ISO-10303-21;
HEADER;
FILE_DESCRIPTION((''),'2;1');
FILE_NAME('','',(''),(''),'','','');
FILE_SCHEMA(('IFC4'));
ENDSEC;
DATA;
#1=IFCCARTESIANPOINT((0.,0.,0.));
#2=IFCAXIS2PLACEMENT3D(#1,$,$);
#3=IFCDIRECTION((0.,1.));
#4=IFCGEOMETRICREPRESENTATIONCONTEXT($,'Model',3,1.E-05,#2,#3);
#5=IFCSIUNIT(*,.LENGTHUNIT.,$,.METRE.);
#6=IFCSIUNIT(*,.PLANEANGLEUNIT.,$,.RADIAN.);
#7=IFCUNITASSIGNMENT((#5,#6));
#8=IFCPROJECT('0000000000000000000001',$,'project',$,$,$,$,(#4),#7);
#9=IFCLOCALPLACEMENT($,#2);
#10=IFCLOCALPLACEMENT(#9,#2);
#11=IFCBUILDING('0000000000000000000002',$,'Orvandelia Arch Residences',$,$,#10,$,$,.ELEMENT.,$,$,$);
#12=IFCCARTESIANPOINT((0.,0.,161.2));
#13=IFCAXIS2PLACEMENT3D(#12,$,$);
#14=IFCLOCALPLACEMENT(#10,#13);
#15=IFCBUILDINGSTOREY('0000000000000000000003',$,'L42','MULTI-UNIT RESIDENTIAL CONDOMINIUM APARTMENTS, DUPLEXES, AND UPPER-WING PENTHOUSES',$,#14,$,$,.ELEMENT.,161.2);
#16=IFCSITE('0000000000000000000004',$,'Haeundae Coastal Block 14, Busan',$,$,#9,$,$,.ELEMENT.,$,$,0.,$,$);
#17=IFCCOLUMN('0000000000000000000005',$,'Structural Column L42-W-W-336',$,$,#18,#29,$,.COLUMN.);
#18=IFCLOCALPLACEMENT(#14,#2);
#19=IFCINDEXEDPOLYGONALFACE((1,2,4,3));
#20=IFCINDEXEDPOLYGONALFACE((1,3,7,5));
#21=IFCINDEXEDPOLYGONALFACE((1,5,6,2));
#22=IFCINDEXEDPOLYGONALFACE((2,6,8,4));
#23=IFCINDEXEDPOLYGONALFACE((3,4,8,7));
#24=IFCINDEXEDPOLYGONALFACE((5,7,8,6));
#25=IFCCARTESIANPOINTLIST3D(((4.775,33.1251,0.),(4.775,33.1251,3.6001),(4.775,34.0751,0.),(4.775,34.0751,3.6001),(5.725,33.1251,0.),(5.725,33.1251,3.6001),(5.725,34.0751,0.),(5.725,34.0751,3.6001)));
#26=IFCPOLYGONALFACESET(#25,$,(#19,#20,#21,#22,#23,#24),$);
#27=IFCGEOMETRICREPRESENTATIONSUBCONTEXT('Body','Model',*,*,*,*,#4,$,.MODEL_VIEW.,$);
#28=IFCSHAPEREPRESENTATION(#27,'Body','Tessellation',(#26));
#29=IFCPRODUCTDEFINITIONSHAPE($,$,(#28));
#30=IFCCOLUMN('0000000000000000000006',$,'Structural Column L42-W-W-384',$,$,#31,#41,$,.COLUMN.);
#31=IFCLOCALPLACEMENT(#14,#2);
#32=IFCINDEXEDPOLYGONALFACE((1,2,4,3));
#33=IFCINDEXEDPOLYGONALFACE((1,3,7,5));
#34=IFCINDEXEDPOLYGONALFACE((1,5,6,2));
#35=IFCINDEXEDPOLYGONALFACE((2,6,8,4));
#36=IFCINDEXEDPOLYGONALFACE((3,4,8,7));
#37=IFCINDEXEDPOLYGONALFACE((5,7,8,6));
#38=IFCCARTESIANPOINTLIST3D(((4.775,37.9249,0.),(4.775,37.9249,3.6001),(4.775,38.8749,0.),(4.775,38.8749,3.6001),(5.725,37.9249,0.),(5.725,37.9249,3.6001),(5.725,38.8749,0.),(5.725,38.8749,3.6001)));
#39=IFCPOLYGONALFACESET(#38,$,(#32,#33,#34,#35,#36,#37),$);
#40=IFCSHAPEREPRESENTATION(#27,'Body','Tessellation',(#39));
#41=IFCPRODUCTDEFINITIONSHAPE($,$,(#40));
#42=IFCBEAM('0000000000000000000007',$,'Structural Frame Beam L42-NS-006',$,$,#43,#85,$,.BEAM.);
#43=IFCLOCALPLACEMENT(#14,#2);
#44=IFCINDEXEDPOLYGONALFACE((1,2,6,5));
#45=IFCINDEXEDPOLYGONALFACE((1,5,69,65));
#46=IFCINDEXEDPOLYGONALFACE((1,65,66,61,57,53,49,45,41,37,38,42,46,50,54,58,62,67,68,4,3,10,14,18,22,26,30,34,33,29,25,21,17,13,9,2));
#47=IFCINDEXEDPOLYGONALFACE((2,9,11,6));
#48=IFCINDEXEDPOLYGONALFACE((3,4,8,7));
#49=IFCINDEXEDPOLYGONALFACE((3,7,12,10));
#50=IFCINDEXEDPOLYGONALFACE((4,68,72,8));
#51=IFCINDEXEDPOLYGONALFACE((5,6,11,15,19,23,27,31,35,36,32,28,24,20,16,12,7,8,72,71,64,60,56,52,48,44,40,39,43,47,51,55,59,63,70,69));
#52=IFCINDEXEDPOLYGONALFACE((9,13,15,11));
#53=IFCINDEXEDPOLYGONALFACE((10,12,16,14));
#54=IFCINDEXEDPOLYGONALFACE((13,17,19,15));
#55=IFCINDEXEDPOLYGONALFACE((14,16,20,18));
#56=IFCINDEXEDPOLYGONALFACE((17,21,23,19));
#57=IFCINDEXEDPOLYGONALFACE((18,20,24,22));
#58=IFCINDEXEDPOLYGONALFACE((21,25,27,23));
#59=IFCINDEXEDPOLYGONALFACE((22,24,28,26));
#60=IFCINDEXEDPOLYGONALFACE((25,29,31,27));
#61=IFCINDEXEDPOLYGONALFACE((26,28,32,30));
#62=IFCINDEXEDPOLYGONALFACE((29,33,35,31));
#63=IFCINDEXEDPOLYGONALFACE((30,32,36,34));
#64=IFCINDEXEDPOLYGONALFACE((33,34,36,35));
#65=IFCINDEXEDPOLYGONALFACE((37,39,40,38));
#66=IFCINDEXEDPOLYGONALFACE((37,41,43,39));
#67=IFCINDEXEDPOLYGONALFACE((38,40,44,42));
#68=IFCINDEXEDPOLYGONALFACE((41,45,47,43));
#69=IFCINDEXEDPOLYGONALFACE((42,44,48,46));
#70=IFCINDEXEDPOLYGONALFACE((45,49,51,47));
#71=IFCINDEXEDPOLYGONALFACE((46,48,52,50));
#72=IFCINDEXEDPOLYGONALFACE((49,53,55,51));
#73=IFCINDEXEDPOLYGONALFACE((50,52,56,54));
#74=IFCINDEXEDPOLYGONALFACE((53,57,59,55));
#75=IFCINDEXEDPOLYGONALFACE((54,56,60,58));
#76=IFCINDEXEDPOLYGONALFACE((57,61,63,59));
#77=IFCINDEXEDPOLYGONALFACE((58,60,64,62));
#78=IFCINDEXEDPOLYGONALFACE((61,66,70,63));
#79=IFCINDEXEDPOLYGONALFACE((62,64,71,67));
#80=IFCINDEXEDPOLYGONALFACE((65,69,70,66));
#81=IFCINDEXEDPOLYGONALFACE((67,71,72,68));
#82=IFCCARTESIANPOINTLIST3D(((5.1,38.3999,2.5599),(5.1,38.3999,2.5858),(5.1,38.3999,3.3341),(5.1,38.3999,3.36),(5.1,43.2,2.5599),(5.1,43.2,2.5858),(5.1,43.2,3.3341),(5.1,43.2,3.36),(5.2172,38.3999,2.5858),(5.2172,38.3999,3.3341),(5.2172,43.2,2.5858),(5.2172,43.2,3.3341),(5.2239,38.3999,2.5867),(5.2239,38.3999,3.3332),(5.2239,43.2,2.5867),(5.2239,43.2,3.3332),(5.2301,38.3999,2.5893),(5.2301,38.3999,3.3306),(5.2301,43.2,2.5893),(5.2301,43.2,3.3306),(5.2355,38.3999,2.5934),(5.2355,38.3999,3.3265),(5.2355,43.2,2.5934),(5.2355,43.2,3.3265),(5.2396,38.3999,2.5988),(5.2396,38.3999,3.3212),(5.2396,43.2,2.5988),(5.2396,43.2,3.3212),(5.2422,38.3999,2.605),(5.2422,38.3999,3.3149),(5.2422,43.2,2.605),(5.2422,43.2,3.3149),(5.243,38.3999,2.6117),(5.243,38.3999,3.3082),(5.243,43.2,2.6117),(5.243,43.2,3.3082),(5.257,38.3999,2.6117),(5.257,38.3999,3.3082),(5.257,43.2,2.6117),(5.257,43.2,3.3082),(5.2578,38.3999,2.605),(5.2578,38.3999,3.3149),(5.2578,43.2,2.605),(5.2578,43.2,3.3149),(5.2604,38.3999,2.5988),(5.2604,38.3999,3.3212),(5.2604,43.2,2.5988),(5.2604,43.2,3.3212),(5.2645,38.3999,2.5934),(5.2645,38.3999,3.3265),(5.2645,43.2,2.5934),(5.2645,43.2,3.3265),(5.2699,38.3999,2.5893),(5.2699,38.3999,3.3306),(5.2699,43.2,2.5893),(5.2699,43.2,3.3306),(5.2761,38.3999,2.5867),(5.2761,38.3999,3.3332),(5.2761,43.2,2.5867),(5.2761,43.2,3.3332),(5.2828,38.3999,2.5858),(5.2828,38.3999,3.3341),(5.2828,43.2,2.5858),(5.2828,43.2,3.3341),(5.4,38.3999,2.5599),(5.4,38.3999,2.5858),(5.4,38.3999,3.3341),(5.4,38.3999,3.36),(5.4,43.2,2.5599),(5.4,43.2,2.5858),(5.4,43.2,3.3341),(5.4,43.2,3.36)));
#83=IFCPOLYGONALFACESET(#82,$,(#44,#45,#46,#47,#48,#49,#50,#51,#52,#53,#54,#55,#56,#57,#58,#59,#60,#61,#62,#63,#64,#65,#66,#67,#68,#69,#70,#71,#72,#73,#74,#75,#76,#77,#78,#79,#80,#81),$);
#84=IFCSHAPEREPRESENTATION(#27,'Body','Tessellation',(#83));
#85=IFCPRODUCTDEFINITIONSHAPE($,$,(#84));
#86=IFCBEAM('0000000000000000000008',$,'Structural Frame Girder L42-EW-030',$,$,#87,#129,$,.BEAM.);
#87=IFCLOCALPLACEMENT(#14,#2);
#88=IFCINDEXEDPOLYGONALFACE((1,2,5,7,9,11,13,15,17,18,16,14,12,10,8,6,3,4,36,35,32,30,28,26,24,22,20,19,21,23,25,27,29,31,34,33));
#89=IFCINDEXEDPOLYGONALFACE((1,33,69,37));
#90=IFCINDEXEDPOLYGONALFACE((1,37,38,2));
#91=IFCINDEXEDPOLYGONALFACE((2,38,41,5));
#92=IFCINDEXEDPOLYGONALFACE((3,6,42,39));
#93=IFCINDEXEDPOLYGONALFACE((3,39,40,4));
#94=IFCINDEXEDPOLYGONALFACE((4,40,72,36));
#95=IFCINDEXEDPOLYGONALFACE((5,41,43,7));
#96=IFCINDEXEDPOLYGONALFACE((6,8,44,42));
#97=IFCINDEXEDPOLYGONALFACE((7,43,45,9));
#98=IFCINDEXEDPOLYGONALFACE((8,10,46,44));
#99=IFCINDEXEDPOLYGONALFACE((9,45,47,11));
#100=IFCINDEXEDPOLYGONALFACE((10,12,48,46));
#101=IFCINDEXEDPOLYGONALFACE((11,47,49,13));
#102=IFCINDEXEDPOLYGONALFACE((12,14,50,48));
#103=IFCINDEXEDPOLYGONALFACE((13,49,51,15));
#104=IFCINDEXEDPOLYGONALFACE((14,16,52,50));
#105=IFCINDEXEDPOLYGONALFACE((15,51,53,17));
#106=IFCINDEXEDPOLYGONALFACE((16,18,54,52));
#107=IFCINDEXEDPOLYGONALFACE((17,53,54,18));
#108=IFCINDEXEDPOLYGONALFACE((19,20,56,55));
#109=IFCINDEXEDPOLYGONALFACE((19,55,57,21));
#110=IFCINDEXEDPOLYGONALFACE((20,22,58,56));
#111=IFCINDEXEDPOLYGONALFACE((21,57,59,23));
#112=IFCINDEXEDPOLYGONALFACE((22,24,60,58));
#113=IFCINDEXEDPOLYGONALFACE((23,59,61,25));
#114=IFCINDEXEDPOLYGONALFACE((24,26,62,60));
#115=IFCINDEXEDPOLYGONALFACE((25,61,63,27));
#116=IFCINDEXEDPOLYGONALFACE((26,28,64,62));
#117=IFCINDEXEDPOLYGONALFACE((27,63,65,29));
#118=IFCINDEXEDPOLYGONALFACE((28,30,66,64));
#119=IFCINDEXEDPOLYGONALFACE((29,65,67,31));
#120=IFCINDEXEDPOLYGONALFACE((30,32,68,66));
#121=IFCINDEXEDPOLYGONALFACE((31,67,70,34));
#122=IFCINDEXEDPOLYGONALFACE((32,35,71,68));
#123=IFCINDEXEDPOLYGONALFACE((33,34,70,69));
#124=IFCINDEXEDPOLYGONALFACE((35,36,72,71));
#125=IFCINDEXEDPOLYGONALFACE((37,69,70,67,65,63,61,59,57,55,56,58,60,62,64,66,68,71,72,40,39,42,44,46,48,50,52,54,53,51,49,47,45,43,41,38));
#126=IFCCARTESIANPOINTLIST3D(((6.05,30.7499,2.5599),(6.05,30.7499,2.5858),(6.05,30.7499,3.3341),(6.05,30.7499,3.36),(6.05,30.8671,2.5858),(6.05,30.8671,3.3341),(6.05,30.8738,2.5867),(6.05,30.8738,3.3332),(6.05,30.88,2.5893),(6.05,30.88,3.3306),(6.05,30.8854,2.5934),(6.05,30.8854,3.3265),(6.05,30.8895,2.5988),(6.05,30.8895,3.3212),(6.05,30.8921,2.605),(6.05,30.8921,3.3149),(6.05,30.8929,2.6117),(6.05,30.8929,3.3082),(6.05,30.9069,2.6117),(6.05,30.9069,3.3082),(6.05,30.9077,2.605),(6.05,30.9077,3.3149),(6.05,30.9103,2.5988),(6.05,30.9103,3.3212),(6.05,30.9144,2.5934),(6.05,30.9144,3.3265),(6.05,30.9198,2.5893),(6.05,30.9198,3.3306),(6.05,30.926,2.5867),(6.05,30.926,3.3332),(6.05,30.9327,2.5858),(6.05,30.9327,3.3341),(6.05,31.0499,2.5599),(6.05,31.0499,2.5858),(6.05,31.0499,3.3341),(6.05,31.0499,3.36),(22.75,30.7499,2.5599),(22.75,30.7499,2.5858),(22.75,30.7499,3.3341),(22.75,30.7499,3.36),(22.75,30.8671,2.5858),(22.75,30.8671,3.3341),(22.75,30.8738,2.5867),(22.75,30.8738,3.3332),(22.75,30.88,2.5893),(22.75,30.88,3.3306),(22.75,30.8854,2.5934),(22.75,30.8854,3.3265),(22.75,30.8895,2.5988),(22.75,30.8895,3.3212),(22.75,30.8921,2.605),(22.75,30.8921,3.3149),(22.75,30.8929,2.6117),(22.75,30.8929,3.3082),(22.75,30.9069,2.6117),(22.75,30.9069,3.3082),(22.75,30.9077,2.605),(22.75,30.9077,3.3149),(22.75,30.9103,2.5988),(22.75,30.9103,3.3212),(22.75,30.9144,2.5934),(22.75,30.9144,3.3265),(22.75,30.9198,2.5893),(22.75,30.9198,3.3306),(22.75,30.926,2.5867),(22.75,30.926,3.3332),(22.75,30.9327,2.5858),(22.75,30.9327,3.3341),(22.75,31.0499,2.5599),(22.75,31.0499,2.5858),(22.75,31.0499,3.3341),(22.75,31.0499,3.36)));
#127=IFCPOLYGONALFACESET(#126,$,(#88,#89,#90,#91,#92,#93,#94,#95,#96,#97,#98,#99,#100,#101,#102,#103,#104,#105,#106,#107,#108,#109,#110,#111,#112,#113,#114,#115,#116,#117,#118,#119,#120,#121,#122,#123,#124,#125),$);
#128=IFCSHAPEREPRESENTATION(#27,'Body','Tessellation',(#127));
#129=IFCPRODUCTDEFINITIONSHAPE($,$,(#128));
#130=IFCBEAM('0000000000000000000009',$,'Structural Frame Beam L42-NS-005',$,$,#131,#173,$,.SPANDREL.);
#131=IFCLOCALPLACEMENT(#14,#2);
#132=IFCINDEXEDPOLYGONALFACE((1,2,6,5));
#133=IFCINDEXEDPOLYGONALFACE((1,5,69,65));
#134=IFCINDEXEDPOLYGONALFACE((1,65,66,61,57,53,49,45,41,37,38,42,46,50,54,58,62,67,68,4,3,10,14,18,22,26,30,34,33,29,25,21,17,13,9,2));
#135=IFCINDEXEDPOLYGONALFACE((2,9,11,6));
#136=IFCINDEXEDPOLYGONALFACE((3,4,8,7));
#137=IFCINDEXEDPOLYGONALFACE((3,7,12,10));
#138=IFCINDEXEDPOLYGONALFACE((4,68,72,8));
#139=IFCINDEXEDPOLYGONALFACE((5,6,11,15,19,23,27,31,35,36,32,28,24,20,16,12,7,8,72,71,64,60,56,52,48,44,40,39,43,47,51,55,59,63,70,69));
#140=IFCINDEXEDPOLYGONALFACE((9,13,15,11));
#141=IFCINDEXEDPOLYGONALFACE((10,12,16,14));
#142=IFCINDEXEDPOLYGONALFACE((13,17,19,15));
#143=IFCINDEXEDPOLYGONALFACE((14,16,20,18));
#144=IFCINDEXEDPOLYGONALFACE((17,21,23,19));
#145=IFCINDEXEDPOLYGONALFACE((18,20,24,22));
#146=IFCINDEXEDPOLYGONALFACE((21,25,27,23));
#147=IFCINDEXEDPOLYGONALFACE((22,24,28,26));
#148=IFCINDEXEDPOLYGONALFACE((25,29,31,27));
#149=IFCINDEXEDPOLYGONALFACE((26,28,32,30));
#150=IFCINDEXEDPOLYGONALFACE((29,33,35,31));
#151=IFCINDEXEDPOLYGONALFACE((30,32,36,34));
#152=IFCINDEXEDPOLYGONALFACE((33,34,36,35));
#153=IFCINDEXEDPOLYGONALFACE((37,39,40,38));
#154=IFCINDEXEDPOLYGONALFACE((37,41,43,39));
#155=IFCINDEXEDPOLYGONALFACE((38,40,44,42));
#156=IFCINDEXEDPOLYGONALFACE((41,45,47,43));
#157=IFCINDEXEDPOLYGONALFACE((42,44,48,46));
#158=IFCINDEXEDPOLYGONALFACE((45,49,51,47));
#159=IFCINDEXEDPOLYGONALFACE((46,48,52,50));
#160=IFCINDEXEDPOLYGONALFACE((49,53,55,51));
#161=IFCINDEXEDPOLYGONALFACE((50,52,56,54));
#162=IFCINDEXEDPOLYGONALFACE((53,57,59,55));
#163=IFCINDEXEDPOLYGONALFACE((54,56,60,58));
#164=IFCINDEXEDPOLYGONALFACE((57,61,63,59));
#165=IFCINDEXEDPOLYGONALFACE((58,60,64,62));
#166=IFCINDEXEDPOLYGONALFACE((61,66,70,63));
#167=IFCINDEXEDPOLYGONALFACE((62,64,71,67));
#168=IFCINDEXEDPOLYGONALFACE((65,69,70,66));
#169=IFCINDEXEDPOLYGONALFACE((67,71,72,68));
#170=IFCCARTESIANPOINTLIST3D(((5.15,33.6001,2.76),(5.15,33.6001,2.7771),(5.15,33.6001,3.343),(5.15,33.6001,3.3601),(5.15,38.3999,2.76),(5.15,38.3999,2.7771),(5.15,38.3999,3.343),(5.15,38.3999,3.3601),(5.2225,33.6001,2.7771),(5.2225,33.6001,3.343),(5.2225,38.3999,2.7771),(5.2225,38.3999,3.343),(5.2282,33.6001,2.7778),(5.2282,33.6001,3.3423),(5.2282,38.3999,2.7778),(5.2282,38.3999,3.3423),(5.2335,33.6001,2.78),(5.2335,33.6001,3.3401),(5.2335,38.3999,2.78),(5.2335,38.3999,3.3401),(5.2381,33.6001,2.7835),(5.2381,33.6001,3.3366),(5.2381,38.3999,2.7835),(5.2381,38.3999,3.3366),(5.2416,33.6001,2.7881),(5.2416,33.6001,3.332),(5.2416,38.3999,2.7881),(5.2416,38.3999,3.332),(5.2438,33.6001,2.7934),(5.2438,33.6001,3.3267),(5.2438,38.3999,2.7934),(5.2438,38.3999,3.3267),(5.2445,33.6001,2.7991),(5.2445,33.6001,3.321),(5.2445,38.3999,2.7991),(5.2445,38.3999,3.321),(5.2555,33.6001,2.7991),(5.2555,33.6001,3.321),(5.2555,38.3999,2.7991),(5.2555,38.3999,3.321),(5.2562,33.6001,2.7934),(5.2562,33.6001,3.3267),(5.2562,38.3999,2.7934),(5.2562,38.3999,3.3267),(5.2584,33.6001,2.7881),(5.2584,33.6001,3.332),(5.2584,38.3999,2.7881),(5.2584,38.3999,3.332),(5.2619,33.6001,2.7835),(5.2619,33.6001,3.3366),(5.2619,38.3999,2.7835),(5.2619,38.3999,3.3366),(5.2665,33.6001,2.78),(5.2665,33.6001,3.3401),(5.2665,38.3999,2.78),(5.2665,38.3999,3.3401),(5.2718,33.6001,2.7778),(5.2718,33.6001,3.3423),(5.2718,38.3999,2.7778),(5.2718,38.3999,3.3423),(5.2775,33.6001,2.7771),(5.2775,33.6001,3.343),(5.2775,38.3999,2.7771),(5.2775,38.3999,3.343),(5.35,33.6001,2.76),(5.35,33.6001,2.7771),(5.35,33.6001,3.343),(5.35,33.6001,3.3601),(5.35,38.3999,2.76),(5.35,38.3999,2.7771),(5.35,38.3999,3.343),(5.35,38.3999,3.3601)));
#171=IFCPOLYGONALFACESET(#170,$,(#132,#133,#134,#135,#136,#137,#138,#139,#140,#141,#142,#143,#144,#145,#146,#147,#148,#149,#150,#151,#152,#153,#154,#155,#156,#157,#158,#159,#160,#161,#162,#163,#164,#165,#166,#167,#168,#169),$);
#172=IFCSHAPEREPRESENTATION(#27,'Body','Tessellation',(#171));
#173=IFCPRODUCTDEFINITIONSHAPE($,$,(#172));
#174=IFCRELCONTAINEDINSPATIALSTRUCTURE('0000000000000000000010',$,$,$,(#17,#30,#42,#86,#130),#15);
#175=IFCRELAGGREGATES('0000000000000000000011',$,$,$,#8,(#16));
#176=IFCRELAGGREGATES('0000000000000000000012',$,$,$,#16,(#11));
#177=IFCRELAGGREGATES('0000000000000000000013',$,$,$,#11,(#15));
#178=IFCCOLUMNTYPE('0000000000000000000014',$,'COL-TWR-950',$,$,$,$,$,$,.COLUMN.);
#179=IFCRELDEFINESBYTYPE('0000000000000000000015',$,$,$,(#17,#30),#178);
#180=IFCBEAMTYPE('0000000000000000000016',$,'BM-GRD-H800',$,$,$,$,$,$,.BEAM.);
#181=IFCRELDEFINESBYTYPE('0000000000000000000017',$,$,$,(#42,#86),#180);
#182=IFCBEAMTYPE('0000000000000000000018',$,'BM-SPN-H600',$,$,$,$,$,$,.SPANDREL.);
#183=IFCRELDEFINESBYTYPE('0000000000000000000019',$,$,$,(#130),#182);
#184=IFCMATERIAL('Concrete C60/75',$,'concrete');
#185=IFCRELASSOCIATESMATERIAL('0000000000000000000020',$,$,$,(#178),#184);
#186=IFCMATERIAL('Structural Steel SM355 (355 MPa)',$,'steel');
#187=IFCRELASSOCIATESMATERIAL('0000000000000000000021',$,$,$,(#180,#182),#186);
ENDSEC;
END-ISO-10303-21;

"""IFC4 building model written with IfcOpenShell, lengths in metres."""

from ifc_helpers import new_model, si_unit, direction, frame, origin, origin_2d, place, context, subcontext, project, spatial, rectangle, i_section, extrude, material, material_profile, profile_set, type_object, element, save


model = new_model("IFC4")

# Units and contexts
model_context = context("Model", 3, precision=1e-05, world=origin(), true_north=direction((0.0, 1.0)))
body_context = subcontext(model_context, "Body", "Model", "MODEL_VIEW")
ifc_project = project(units=[si_unit("LENGTHUNIT", "METRE"), si_unit("PLANEANGLEUNIT", "RADIAN")], contexts=[model_context])

# Site, building, storey
site_placement = place(None, origin())
site = spatial("IfcSite", under=ifc_project, at=site_placement, Name="Haeundae Coastal Block 14, Busan", CompositionType="ELEMENT", RefElevation=0.0)
building_placement = place(site_placement, origin())
building = spatial("IfcBuilding", under=site, at=building_placement, Name="Orvandelia Arch Residences", CompositionType="ELEMENT")
storey_placement = place(building_placement, frame((0.0, 0.0, 161.2)))
storey = spatial("IfcBuildingStorey", under=building, at=storey_placement, Name="L42", Description="MULTI-UNIT RESIDENTIAL CONDOMINIUM APARTMENTS, DUPLEXES, AND UPPER-WING PENTHOUSES", CompositionType="ELEMENT", Elevation=161.2)

# Columns
ifc_material_1 = material(Name="Concrete C60/75", Category="concrete")
ifc_material_profile_1 = material_profile(ifc_material_1, rectangle(XDim=0.95, YDim=0.95, at=origin_2d()), Name="Concrete C60/75", Category="concrete")
ifc_profile_set_1 = profile_set([ifc_material_profile_1], Name="Concrete C60/75")
column_type = type_object("IfcColumnType", Name="COL-TWR-950", PredefinedType="COLUMN", material=ifc_profile_set_1)
for number, where, z_axis, x_axis, name in (
    (1, (5.25, 33.6001, 0.0), (0.0, 0.0, 1.0), (1.0, 0.0, 0.0), "Structural Column L42-W-W-336"),
    (2, (5.25, 38.3999, 0.0), (0.0, 0.0, 1.0), (1.0, 0.0, 0.0), "Structural Column L42-W-W-384"),
):
    element("IfcColumn", number, at=place(storey_placement, frame(where, z_axis=z_axis, x_axis=x_axis)), inside=storey, type_object=column_type, Name=name, PredefinedType="COLUMN", context=body_context, shape_type="SweptSolid", body=[
        extrude(rectangle(XDim=0.95, YDim=0.95, at=origin_2d()), origin(), (0.0, 0.0, 1.0), 3.6001),
    ])

# Beams
ifc_material_2 = material(Name="Structural Steel SM355 (355 MPa)", Category="steel")
ifc_material_profile_2 = material_profile(ifc_material_2, i_section(OverallWidth=0.3, OverallDepth=0.8, WebThickness=0.0139, FlangeThickness=0.0259, FilletRadius=0.0259, at=origin_2d()), Name="Structural Steel SM355 (355 MPa)", Category="steel")
ifc_profile_set_2 = profile_set([ifc_material_profile_2], Name="Structural Steel SM355 (355 MPa)")
beam_type_1 = type_object("IfcBeamType", Name="BM-GRD-H800", PredefinedType="BEAM", material=ifc_profile_set_2)
beam_1_placement = place(storey_placement, frame((5.25, 38.3999, 2.96), z_axis=(0.0, 1.0, 0.0), x_axis=(-1.0, 0.0, 0.0)))
element("IfcBeam", 3, at=beam_1_placement, inside=storey, type_object=beam_type_1, Name="Structural Frame Beam L42-NS-006", PredefinedType="BEAM", context=body_context, shape_type="SweptSolid", body=[
    extrude(i_section(OverallWidth=0.3, OverallDepth=0.8, WebThickness=0.0139, FlangeThickness=0.0259, FilletRadius=0.0259, at=origin_2d()), origin(), (0.0, 0.0, 1.0), 4.8),
])
beam_2_placement = place(storey_placement, frame((6.05, 30.8999, 2.96), z_axis=(1.0, 0.0, 0.0), x_axis=(0.0, 1.0, 0.0)))
element("IfcBeam", 4, at=beam_2_placement, inside=storey, type_object=beam_type_1, Name="Structural Frame Girder L42-EW-030", PredefinedType="BEAM", context=body_context, shape_type="SweptSolid", body=[
    extrude(i_section(OverallWidth=0.3, OverallDepth=0.8, WebThickness=0.0139, FlangeThickness=0.0259, FilletRadius=0.0259, at=origin_2d()), origin(), (0.0, 0.0, 1.0), 16.7),
])
ifc_material_profile_3 = material_profile(ifc_material_2, i_section(OverallWidth=0.2, OverallDepth=0.6001, WebThickness=0.011, FlangeThickness=0.0171, FilletRadius=0.022, at=origin_2d()), Name="Structural Steel SM355 (355 MPa)", Category="steel")
ifc_profile_set_3 = profile_set([ifc_material_profile_3], Name="Structural Steel SM355 (355 MPa)")
beam_type_2 = type_object("IfcBeamType", Name="BM-SPN-H600", PredefinedType="SPANDREL", material=ifc_profile_set_3)
beam_3_placement = place(storey_placement, frame((5.25, 33.6001, 3.0601), z_axis=(0.0, 1.0, 0.0), x_axis=(-1.0, 0.0, 0.0)))
element("IfcBeam", 5, at=beam_3_placement, inside=storey, type_object=beam_type_2, Name="Structural Frame Beam L42-NS-005", PredefinedType="SPANDREL", context=body_context, shape_type="SweptSolid", body=[
    extrude(i_section(OverallWidth=0.2, OverallDepth=0.6001, WebThickness=0.011, FlangeThickness=0.0171, FilletRadius=0.022, at=origin_2d()), origin(), (0.0, 0.0, 1.0), 4.7998),
])

save(model, "model.ifc")
